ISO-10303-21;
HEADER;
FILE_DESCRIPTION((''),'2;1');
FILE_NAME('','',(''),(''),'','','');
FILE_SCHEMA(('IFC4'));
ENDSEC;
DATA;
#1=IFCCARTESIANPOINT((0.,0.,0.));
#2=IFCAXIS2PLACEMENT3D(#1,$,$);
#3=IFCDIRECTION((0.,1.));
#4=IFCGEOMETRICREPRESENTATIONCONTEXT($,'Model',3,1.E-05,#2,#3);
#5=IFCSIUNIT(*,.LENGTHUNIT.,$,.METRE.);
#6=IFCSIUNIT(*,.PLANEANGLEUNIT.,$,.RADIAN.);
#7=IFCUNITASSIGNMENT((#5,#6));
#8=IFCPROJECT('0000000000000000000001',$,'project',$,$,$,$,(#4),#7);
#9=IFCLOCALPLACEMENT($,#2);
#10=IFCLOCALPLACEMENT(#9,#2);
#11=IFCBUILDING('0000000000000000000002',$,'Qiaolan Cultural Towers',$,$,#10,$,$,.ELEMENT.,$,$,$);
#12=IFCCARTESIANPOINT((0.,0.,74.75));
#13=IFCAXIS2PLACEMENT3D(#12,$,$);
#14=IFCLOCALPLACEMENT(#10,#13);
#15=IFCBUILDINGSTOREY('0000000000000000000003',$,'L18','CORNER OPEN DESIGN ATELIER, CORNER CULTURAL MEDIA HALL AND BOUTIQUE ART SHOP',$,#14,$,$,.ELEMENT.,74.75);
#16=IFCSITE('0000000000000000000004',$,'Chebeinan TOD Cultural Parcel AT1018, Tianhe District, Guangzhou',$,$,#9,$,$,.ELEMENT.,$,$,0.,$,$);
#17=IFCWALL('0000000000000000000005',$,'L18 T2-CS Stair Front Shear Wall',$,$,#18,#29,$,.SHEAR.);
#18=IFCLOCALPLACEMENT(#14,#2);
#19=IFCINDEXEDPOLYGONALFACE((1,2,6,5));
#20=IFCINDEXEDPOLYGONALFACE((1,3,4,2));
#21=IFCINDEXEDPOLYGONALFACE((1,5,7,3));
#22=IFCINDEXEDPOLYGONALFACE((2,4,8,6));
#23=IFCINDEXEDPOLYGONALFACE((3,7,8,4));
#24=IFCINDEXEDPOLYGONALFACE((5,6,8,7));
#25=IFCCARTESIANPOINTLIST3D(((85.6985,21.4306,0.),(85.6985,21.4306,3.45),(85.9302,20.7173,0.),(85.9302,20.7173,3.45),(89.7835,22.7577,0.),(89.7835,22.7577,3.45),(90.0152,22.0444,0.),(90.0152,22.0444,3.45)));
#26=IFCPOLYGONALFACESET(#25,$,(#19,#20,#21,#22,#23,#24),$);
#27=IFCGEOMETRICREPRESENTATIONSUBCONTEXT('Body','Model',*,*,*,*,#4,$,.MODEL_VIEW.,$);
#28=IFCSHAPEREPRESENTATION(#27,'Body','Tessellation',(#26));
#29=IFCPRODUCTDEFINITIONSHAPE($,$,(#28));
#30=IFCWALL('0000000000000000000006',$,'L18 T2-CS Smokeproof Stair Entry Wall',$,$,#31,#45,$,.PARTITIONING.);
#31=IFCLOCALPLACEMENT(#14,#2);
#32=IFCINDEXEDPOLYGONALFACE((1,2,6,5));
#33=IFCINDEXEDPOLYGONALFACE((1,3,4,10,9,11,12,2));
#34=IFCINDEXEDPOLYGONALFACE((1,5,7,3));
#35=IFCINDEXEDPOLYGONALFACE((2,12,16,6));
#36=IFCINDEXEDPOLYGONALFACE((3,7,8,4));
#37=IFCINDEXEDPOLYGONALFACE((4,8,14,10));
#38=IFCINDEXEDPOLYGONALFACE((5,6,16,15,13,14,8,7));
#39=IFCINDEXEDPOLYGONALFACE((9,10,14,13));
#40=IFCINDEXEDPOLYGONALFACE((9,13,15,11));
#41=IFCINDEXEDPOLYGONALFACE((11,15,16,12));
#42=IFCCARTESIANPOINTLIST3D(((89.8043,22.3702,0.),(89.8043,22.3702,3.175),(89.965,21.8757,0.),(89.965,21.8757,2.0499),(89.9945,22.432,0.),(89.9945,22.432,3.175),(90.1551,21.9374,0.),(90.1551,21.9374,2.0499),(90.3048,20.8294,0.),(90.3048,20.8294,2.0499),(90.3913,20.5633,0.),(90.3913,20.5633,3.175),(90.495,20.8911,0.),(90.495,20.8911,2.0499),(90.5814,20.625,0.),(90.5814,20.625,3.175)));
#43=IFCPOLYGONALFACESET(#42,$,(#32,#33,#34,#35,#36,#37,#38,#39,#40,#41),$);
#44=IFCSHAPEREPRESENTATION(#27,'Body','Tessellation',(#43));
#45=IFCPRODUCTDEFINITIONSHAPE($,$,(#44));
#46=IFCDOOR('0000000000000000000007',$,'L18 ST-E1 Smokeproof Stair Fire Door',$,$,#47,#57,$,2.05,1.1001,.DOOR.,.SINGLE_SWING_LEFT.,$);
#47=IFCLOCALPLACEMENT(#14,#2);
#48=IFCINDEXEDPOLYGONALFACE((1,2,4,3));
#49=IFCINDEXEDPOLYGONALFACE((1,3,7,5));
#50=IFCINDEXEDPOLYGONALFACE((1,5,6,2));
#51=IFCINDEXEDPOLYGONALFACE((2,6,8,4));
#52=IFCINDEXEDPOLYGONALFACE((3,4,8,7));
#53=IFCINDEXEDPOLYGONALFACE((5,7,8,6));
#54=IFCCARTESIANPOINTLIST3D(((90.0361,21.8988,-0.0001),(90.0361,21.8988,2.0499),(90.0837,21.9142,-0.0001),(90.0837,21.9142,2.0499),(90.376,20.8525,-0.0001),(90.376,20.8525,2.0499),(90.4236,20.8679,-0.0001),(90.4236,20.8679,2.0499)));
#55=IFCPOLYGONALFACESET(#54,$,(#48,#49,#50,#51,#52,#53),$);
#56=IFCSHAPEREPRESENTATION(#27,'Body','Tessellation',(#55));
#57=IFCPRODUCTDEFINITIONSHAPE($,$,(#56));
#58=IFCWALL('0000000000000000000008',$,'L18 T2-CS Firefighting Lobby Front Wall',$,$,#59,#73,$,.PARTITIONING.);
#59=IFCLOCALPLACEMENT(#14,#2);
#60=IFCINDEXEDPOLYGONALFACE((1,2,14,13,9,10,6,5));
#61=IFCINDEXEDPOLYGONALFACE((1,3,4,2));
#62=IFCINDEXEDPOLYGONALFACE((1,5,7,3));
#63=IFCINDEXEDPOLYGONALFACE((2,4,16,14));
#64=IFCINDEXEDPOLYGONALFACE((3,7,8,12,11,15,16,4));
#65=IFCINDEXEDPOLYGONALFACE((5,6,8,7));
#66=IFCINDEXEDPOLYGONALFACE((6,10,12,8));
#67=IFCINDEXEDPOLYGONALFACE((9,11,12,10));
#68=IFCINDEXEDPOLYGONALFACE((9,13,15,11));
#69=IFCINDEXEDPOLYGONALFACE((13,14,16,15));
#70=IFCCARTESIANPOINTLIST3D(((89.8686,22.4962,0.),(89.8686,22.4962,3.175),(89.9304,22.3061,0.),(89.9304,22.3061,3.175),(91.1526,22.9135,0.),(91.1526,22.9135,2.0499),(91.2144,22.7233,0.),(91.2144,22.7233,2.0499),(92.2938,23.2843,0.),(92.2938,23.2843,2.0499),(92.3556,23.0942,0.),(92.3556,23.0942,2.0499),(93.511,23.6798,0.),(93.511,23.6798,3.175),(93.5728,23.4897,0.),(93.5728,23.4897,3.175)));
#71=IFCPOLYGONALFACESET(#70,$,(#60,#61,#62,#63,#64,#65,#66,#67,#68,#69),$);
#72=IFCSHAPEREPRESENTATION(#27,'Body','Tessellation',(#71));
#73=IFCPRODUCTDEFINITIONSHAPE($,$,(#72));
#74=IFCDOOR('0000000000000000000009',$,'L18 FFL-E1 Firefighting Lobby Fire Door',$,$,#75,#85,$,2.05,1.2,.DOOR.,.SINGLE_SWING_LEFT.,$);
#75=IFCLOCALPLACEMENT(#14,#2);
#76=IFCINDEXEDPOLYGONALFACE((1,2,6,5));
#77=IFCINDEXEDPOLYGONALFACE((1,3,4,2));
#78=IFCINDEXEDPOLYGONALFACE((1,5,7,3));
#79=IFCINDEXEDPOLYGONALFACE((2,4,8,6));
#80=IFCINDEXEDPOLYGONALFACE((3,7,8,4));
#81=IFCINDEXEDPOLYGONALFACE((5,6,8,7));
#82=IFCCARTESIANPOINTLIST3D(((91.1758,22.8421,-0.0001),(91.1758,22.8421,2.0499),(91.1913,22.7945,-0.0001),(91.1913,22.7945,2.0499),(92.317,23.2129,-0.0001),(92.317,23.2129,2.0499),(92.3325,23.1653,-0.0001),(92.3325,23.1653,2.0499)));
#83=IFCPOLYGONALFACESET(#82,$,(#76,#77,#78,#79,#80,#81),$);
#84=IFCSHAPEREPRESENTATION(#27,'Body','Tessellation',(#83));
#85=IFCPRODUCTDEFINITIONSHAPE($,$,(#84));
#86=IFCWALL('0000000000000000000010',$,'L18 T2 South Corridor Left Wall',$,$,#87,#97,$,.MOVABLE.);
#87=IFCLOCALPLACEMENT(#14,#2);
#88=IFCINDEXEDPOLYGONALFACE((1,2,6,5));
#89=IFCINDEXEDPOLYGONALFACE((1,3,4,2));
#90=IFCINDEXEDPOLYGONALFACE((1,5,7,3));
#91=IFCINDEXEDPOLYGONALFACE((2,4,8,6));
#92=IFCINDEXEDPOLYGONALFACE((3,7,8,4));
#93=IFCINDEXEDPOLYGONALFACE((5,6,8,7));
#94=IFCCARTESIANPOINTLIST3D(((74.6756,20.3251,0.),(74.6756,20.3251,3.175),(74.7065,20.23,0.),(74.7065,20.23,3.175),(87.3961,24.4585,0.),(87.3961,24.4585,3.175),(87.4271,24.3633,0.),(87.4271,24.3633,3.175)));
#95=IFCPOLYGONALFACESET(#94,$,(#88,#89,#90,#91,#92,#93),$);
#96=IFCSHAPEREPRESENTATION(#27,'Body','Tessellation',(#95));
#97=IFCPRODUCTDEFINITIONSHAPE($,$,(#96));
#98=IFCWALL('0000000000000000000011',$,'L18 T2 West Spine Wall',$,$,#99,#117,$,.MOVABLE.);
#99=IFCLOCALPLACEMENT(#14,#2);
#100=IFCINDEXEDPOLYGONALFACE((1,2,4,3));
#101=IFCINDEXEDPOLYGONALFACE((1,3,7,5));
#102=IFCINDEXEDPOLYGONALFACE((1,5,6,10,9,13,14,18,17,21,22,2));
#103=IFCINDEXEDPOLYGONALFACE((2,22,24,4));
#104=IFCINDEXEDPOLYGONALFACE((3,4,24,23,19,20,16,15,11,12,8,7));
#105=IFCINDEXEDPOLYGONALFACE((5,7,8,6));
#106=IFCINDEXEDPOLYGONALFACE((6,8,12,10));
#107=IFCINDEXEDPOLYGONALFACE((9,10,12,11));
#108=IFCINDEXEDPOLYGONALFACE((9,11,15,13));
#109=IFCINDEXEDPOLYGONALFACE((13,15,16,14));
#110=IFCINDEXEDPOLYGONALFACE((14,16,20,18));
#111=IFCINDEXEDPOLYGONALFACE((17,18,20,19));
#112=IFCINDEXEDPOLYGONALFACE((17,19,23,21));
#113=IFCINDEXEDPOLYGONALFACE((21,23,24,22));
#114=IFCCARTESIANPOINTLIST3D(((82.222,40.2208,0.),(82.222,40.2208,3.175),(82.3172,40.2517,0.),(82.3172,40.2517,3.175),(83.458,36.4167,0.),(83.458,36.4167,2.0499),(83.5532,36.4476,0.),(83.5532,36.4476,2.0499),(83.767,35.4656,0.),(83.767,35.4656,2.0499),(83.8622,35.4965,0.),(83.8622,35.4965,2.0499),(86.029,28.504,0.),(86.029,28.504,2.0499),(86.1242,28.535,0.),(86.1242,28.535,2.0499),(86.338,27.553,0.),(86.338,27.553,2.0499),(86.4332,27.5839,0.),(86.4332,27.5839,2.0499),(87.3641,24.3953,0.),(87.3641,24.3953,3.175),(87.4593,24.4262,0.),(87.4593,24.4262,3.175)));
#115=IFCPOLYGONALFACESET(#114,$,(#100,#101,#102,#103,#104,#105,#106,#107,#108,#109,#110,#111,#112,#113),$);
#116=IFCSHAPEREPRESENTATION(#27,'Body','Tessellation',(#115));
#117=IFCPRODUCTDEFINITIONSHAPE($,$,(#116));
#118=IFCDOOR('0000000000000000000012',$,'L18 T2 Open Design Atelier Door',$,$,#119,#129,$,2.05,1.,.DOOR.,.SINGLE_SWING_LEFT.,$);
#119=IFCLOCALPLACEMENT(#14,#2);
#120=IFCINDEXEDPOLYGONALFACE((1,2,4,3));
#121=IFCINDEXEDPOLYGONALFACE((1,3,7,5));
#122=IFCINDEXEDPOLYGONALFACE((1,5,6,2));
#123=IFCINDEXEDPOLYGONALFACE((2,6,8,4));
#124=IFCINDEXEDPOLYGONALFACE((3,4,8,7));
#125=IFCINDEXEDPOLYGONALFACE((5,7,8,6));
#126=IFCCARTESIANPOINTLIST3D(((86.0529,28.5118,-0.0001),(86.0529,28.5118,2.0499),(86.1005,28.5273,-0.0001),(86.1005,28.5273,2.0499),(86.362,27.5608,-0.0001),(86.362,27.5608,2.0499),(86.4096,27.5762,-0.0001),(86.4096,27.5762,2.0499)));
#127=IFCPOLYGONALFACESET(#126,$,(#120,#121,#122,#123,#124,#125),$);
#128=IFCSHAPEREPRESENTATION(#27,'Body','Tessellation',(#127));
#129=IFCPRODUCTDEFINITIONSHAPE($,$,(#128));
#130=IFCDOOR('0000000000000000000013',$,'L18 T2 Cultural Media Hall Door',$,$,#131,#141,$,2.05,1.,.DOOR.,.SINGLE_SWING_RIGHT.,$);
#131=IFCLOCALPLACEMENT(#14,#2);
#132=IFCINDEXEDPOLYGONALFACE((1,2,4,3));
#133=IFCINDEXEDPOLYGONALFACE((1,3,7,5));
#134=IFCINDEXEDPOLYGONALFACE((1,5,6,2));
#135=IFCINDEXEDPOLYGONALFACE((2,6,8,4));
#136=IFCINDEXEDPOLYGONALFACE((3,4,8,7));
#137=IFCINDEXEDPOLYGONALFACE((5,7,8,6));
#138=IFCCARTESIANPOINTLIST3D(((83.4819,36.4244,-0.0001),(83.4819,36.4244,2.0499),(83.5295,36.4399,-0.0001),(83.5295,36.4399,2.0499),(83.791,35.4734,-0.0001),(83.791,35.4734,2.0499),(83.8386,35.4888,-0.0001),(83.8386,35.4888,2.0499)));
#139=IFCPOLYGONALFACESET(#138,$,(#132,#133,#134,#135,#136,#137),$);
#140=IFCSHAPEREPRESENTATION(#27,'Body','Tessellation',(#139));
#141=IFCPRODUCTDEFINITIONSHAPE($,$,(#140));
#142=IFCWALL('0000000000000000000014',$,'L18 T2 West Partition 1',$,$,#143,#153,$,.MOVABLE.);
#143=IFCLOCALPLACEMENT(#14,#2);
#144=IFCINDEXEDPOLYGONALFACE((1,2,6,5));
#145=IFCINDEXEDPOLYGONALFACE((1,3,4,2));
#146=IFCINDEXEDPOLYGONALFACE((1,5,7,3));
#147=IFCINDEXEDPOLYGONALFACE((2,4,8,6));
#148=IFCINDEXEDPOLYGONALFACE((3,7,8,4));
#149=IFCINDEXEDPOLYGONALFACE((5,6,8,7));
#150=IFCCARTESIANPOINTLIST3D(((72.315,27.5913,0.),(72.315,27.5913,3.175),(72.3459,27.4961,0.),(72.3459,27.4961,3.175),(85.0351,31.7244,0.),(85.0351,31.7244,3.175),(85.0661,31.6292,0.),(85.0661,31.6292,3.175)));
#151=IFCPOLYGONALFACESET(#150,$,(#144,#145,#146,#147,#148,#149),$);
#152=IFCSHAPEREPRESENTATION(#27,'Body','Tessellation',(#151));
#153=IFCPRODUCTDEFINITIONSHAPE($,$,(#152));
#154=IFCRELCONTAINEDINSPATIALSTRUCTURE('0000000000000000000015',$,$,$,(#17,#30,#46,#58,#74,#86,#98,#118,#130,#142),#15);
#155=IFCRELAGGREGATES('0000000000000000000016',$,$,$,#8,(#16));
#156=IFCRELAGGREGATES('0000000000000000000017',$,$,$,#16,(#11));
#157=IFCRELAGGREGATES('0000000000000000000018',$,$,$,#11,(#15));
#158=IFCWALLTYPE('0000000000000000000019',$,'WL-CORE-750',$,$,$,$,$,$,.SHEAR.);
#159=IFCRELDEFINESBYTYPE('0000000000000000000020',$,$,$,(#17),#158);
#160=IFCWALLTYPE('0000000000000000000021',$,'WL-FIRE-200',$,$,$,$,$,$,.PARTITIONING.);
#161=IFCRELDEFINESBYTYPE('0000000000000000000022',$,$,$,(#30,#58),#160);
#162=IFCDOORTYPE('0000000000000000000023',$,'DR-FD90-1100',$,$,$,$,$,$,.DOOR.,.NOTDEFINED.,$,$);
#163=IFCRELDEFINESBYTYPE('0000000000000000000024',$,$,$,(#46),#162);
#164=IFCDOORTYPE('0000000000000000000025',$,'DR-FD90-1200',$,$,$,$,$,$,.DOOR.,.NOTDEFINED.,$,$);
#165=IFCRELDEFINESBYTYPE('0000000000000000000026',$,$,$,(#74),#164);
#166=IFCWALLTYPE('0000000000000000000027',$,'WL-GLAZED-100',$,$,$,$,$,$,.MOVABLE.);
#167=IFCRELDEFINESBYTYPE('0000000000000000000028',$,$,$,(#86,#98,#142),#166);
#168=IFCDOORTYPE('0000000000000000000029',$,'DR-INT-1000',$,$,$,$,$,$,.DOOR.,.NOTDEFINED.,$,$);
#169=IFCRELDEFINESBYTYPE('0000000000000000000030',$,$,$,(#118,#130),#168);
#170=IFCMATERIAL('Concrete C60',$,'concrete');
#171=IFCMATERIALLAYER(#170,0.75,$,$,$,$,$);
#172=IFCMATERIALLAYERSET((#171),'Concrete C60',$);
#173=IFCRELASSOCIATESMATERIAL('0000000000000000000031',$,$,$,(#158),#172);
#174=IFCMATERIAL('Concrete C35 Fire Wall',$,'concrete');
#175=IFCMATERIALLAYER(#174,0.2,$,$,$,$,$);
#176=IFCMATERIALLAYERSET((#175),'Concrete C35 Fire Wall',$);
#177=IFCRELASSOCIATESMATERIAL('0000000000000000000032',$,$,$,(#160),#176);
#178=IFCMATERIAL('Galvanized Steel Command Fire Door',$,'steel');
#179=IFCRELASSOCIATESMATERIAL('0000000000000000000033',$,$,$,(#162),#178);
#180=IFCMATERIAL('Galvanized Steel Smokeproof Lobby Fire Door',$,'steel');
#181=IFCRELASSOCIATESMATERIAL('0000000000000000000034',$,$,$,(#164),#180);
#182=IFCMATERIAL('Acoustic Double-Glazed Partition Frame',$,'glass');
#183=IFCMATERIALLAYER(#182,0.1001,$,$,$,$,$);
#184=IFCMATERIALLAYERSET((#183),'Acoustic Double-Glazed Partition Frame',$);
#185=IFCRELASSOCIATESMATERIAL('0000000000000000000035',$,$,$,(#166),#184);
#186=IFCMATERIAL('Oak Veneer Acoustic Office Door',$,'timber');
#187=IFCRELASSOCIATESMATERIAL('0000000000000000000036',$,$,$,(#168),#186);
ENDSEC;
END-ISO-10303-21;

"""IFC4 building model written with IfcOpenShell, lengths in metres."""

from ifc_helpers import new_model, si_unit, direction, frame, frame_2d, origin, place, context, subcontext, project, spatial, rectangle, extrude, material, layer, layer_set, type_object, element, fill, save


model = new_model("IFC4")

# Units and contexts
model_context = context("Model", 3, precision=1e-05, world=origin(), true_north=direction((0.0, 1.0)))
body_context = subcontext(model_context, "Body", "Model", "MODEL_VIEW")
ifc_project = project(units=[si_unit("LENGTHUNIT", "METRE"), si_unit("PLANEANGLEUNIT", "RADIAN")], contexts=[model_context])

# Site, building, storey
site_placement = place(None, origin())
site = spatial("IfcSite", under=ifc_project, at=site_placement, Name="Chebeinan TOD Cultural Parcel AT1018, Tianhe District, Guangzhou", CompositionType="ELEMENT", RefElevation=0.0)
building_placement = place(site_placement, origin())
building = spatial("IfcBuilding", under=site, at=building_placement, Name="Qiaolan Cultural Towers", CompositionType="ELEMENT")
storey_placement = place(building_placement, frame((0.0, 0.0, 74.75)))
storey = spatial("IfcBuildingStorey", under=building, at=storey_placement, Name="L18", Description="CORNER OPEN DESIGN ATELIER, CORNER CULTURAL MEDIA HALL AND BOUTIQUE ART SHOP", CompositionType="ELEMENT", Elevation=74.75)

# Wall
ifc_material_1 = material(Name="Concrete C60", Category="concrete")
ifc_layer_1 = layer(ifc_material_1, 0.75)
ifc_layer_set_1 = layer_set([ifc_layer_1], Name="Concrete C60")
wall_type_1 = type_object("IfcWallType", Name="WL-CORE-750", PredefinedType="SHEAR", material=ifc_layer_set_1)
wall_1_placement = place(storey_placement, frame((85.8145, 21.074, 0.0), z_axis=(0.0, 0.0, 1.0), x_axis=(0.951066, 0.308988, 0.0)))
element("IfcWall", 1, at=wall_1_placement, inside=storey, type_object=wall_type_1, Name="L18 T2-CS Stair Front Shear Wall", PredefinedType="SHEAR", context=body_context, shape_type="SweptSolid", body=[
    extrude(rectangle(XDim=4.2952, YDim=0.75, at=frame_2d((2.1475, 0.0))), origin(), (0.0, 0.0, 1.0), 3.45),
])

# Walls, openings, doors
ifc_material_2 = material(Name="Concrete C35 Fire Wall", Category="concrete")
ifc_layer_2 = layer(ifc_material_2, 0.2)
ifc_layer_set_2 = layer_set([ifc_layer_2], Name="Concrete C35 Fire Wall")
wall_type_2 = type_object("IfcWallType", Name="WL-FIRE-200", PredefinedType="PARTITIONING", material=ifc_layer_set_2)
wall_2_placement = place(storey_placement, frame((89.8994, 22.4011, 0.0), z_axis=(0.0, 0.0, 1.0), x_axis=(0.308932, -0.951084, 0.0)))
wall_2 = element("IfcWall", 2, at=wall_2_placement, inside=storey, type_object=wall_type_2, Name="L18 T2-CS Smokeproof Stair Entry Wall", PredefinedType="PARTITIONING", context=body_context, shape_type="SweptSolid", body=[
    extrude(rectangle(XDim=1.8999, YDim=0.2, at=frame_2d((0.95, 0.0))), origin(), (0.0, 0.0, 1.0), 3.175),
])
opening_1_placement = place(wall_2_placement, frame((0.52, 0.0, 0.0)))
opening_1 = element("IfcOpeningElement", 3, at=opening_1_placement, cuts=wall_2, PredefinedType="OPENING", context=body_context, shape_type="SweptSolid", body=[
    extrude(rectangle(XDim=1.1001, YDim=2.05, at=frame_2d((0.55, 1.0249))), frame((0.0, 0.1099, 0.0), z_axis=(0.0, -1.0, 0.0), x_axis=(1.0, 0.0, 0.0)), (0.0, 0.0, 1.0), 0.22),
])
ifc_material_3 = material(Name="Galvanized Steel Command Fire Door", Category="steel")
door_type_1 = type_object("IfcDoorType", Name="DR-FD90-1100", OperationType="NOTDEFINED", PredefinedType="DOOR", material=ifc_material_3)
door_1_placement = place(opening_1_placement, origin())
door_1 = element("IfcDoor", 4, at=door_1_placement, inside=storey, type_object=door_type_1, Name="L18 ST-E1 Smokeproof Stair Fire Door", OperationType="SINGLE_SWING_LEFT", OverallHeight=2.05, OverallWidth=1.1001, PredefinedType="DOOR", context=body_context, shape_type="SweptSolid", body=[
    extrude(rectangle(XDim=1.1001, YDim=2.05, at=frame_2d((0.55, 1.0249))), frame((0.0, 0.0249, 0.0), z_axis=(0.0, -1.0, 0.0), x_axis=(1.0, 0.0, 0.0)), (0.0, 0.0, 1.0), 0.05),
])
fill(opening_1, door_1)
wall_3_placement = place(storey_placement, frame((89.8994, 22.4011, 0.0), z_axis=(0.0, 0.0, 1.0), x_axis=(0.951047, 0.309047, 0.0)))
wall_3 = element("IfcWall", 5, at=wall_3_placement, inside=storey, type_object=wall_type_2, Name="L18 T2-CS Firefighting Lobby Front Wall", PredefinedType="PARTITIONING", context=body_context, shape_type="SweptSolid", body=[
    extrude(rectangle(XDim=3.8298, YDim=0.2, at=frame_2d((1.915, 0.0))), origin(), (0.0, 0.0, 1.0), 3.175),
])
opening_2_placement = place(wall_3_placement, frame((1.3501, 0.0, 0.0)))
opening_2 = element("IfcOpeningElement", 6, at=opening_2_placement, cuts=wall_3, PredefinedType="OPENING", context=body_context, shape_type="SweptSolid", body=[
    extrude(rectangle(XDim=1.2, YDim=2.05, at=frame_2d((0.6001, 1.0249))), frame((0.0, 0.1099, 0.0), z_axis=(0.0, -1.0, 0.0), x_axis=(1.0, 0.0, 0.0)), (0.0, 0.0, 1.0), 0.22),
])
ifc_material_4 = material(Name="Galvanized Steel Smokeproof Lobby Fire Door", Category="steel")
door_type_2 = type_object("IfcDoorType", Name="DR-FD90-1200", OperationType="NOTDEFINED", PredefinedType="DOOR", material=ifc_material_4)
door_2_placement = place(opening_2_placement, origin())
door_2 = element("IfcDoor", 7, at=door_2_placement, inside=storey, type_object=door_type_2, Name="L18 FFL-E1 Firefighting Lobby Fire Door", OperationType="SINGLE_SWING_LEFT", OverallHeight=2.05, OverallWidth=1.2, PredefinedType="DOOR", context=body_context, shape_type="SweptSolid", body=[
    extrude(rectangle(XDim=1.2, YDim=2.05, at=frame_2d((0.6001, 1.0249))), frame((0.0, 0.0249, 0.0), z_axis=(0.0, -1.0, 0.0), x_axis=(1.0, 0.0, 0.0)), (0.0, 0.0, 1.0), 0.05),
])
fill(opening_2, door_2)

# Wall
ifc_material_5 = material(Name="Acoustic Double-Glazed Partition Frame", Category="glass")
ifc_layer_3 = layer(ifc_material_5, 0.1001)
ifc_layer_set_3 = layer_set([ifc_layer_3], Name="Acoustic Double-Glazed Partition Frame")
wall_type_3 = type_object("IfcWallType", Name="WL-GLAZED-100", PredefinedType="MOVABLE", material=ifc_layer_set_3)
wall_4_placement = place(storey_placement, frame((74.6912, 20.2776, 0.0), z_axis=(0.0, 0.0, 1.0), x_axis=(0.951053, 0.309029, 0.0)))
element("IfcWall", 8, at=wall_4_placement, inside=storey, type_object=wall_type_3, Name="L18 T2 South Corridor Left Wall", PredefinedType="MOVABLE", context=body_context, shape_type="SweptSolid", body=[
    extrude(rectangle(XDim=13.3752, YDim=0.1001, at=frame_2d((6.6875, 0.0))), origin(), (0.0, 0.0, 1.0), 3.175),
])

# Wall, openings, doors
wall_5_placement = place(storey_placement, frame((87.4116, 24.4109, 0.0), z_axis=(0.0, 0.0, 1.0), x_axis=(-0.309022, 0.951055, 0.0)))
wall_5 = element("IfcWall", 9, at=wall_5_placement, inside=storey, type_object=wall_type_3, Name="L18 T2 West Spine Wall", PredefinedType="MOVABLE", context=body_context, shape_type="SweptSolid", body=[
    extrude(rectangle(XDim=16.6399, YDim=0.1001, at=frame_2d((8.3198, 0.0))), origin(), (0.0, 0.0, 1.0), 3.175),
])
opening_3_placement = place(wall_5_placement, frame((3.3201, 0.0, 0.0)))
opening_3 = element("IfcOpeningElement", 10, at=opening_3_placement, cuts=wall_5, PredefinedType="OPENING", context=body_context, shape_type="SweptSolid", body=[
    extrude(rectangle(XDim=1.0, YDim=2.05, at=frame_2d((0.5, 1.0249))), frame((0.0, 0.0601, 0.0), z_axis=(0.0, -1.0, 0.0), x_axis=(1.0, 0.0, 0.0)), (0.0, 0.0, 1.0), 0.1201),
])
opening_4_placement = place(wall_5_placement, frame((11.6399, 0.0, 0.0)))
opening_4 = element("IfcOpeningElement", 11, at=opening_4_placement, cuts=wall_5, PredefinedType="OPENING", context=body_context, shape_type="SweptSolid", body=[
    extrude(rectangle(XDim=1.0, YDim=2.05, at=frame_2d((0.5, 1.0249))), frame((0.0, 0.0601, 0.0), z_axis=(0.0, -1.0, 0.0), x_axis=(1.0, 0.0, 0.0)), (0.0, 0.0, 1.0), 0.1201),
])
ifc_material_6 = material(Name="Oak Veneer Acoustic Office Door", Category="timber")
door_type_3 = type_object("IfcDoorType", Name="DR-INT-1000", OperationType="NOTDEFINED", PredefinedType="DOOR", material=ifc_material_6)
door_3_placement = place(opening_3_placement, origin())
door_3 = element("IfcDoor", 12, at=door_3_placement, inside=storey, type_object=door_type_3, Name="L18 T2 Open Design Atelier Door", OperationType="SINGLE_SWING_LEFT", OverallHeight=2.05, OverallWidth=1.0, PredefinedType="DOOR", context=body_context, shape_type="SweptSolid", body=[
    extrude(rectangle(XDim=1.0, YDim=2.05, at=frame_2d((0.5, 1.0249))), frame((0.0, 0.0249, 0.0), z_axis=(0.0, -1.0, 0.0), x_axis=(1.0, 0.0, 0.0)), (0.0, 0.0, 1.0), 0.05),
])
fill(opening_3, door_3)
door_4_placement = place(opening_4_placement, origin())
door_4 = element("IfcDoor", 13, at=door_4_placement, inside=storey, type_object=door_type_3, Name="L18 T2 Cultural Media Hall Door", OperationType="SINGLE_SWING_RIGHT", OverallHeight=2.05, OverallWidth=1.0, PredefinedType="DOOR", context=body_context, shape_type="SweptSolid", body=[
    extrude(rectangle(XDim=1.0, YDim=2.05, at=frame_2d((0.5, 1.0249))), frame((0.0, 0.0249, 0.0), z_axis=(0.0, -1.0, 0.0), x_axis=(1.0, 0.0, 0.0)), (0.0, 0.0, 1.0), 0.05),
])
fill(opening_4, door_4)

# Wall
wall_6_placement = place(storey_placement, frame((72.3303, 27.5437, 0.0), z_axis=(0.0, 0.0, 1.0), x_axis=(0.951056, 0.309018, 0.0)))
element("IfcWall", 14, at=wall_6_placement, inside=storey, type_object=wall_type_3, Name="L18 T2 West Partition 1", PredefinedType="MOVABLE", context=body_context, shape_type="SweptSolid", body=[
    extrude(rectangle(XDim=13.3748, YDim=0.1001, at=frame_2d((6.6875, 0.0))), origin(), (0.0, 0.0, 1.0), 3.175),
])

save(model, "model.ifc")
